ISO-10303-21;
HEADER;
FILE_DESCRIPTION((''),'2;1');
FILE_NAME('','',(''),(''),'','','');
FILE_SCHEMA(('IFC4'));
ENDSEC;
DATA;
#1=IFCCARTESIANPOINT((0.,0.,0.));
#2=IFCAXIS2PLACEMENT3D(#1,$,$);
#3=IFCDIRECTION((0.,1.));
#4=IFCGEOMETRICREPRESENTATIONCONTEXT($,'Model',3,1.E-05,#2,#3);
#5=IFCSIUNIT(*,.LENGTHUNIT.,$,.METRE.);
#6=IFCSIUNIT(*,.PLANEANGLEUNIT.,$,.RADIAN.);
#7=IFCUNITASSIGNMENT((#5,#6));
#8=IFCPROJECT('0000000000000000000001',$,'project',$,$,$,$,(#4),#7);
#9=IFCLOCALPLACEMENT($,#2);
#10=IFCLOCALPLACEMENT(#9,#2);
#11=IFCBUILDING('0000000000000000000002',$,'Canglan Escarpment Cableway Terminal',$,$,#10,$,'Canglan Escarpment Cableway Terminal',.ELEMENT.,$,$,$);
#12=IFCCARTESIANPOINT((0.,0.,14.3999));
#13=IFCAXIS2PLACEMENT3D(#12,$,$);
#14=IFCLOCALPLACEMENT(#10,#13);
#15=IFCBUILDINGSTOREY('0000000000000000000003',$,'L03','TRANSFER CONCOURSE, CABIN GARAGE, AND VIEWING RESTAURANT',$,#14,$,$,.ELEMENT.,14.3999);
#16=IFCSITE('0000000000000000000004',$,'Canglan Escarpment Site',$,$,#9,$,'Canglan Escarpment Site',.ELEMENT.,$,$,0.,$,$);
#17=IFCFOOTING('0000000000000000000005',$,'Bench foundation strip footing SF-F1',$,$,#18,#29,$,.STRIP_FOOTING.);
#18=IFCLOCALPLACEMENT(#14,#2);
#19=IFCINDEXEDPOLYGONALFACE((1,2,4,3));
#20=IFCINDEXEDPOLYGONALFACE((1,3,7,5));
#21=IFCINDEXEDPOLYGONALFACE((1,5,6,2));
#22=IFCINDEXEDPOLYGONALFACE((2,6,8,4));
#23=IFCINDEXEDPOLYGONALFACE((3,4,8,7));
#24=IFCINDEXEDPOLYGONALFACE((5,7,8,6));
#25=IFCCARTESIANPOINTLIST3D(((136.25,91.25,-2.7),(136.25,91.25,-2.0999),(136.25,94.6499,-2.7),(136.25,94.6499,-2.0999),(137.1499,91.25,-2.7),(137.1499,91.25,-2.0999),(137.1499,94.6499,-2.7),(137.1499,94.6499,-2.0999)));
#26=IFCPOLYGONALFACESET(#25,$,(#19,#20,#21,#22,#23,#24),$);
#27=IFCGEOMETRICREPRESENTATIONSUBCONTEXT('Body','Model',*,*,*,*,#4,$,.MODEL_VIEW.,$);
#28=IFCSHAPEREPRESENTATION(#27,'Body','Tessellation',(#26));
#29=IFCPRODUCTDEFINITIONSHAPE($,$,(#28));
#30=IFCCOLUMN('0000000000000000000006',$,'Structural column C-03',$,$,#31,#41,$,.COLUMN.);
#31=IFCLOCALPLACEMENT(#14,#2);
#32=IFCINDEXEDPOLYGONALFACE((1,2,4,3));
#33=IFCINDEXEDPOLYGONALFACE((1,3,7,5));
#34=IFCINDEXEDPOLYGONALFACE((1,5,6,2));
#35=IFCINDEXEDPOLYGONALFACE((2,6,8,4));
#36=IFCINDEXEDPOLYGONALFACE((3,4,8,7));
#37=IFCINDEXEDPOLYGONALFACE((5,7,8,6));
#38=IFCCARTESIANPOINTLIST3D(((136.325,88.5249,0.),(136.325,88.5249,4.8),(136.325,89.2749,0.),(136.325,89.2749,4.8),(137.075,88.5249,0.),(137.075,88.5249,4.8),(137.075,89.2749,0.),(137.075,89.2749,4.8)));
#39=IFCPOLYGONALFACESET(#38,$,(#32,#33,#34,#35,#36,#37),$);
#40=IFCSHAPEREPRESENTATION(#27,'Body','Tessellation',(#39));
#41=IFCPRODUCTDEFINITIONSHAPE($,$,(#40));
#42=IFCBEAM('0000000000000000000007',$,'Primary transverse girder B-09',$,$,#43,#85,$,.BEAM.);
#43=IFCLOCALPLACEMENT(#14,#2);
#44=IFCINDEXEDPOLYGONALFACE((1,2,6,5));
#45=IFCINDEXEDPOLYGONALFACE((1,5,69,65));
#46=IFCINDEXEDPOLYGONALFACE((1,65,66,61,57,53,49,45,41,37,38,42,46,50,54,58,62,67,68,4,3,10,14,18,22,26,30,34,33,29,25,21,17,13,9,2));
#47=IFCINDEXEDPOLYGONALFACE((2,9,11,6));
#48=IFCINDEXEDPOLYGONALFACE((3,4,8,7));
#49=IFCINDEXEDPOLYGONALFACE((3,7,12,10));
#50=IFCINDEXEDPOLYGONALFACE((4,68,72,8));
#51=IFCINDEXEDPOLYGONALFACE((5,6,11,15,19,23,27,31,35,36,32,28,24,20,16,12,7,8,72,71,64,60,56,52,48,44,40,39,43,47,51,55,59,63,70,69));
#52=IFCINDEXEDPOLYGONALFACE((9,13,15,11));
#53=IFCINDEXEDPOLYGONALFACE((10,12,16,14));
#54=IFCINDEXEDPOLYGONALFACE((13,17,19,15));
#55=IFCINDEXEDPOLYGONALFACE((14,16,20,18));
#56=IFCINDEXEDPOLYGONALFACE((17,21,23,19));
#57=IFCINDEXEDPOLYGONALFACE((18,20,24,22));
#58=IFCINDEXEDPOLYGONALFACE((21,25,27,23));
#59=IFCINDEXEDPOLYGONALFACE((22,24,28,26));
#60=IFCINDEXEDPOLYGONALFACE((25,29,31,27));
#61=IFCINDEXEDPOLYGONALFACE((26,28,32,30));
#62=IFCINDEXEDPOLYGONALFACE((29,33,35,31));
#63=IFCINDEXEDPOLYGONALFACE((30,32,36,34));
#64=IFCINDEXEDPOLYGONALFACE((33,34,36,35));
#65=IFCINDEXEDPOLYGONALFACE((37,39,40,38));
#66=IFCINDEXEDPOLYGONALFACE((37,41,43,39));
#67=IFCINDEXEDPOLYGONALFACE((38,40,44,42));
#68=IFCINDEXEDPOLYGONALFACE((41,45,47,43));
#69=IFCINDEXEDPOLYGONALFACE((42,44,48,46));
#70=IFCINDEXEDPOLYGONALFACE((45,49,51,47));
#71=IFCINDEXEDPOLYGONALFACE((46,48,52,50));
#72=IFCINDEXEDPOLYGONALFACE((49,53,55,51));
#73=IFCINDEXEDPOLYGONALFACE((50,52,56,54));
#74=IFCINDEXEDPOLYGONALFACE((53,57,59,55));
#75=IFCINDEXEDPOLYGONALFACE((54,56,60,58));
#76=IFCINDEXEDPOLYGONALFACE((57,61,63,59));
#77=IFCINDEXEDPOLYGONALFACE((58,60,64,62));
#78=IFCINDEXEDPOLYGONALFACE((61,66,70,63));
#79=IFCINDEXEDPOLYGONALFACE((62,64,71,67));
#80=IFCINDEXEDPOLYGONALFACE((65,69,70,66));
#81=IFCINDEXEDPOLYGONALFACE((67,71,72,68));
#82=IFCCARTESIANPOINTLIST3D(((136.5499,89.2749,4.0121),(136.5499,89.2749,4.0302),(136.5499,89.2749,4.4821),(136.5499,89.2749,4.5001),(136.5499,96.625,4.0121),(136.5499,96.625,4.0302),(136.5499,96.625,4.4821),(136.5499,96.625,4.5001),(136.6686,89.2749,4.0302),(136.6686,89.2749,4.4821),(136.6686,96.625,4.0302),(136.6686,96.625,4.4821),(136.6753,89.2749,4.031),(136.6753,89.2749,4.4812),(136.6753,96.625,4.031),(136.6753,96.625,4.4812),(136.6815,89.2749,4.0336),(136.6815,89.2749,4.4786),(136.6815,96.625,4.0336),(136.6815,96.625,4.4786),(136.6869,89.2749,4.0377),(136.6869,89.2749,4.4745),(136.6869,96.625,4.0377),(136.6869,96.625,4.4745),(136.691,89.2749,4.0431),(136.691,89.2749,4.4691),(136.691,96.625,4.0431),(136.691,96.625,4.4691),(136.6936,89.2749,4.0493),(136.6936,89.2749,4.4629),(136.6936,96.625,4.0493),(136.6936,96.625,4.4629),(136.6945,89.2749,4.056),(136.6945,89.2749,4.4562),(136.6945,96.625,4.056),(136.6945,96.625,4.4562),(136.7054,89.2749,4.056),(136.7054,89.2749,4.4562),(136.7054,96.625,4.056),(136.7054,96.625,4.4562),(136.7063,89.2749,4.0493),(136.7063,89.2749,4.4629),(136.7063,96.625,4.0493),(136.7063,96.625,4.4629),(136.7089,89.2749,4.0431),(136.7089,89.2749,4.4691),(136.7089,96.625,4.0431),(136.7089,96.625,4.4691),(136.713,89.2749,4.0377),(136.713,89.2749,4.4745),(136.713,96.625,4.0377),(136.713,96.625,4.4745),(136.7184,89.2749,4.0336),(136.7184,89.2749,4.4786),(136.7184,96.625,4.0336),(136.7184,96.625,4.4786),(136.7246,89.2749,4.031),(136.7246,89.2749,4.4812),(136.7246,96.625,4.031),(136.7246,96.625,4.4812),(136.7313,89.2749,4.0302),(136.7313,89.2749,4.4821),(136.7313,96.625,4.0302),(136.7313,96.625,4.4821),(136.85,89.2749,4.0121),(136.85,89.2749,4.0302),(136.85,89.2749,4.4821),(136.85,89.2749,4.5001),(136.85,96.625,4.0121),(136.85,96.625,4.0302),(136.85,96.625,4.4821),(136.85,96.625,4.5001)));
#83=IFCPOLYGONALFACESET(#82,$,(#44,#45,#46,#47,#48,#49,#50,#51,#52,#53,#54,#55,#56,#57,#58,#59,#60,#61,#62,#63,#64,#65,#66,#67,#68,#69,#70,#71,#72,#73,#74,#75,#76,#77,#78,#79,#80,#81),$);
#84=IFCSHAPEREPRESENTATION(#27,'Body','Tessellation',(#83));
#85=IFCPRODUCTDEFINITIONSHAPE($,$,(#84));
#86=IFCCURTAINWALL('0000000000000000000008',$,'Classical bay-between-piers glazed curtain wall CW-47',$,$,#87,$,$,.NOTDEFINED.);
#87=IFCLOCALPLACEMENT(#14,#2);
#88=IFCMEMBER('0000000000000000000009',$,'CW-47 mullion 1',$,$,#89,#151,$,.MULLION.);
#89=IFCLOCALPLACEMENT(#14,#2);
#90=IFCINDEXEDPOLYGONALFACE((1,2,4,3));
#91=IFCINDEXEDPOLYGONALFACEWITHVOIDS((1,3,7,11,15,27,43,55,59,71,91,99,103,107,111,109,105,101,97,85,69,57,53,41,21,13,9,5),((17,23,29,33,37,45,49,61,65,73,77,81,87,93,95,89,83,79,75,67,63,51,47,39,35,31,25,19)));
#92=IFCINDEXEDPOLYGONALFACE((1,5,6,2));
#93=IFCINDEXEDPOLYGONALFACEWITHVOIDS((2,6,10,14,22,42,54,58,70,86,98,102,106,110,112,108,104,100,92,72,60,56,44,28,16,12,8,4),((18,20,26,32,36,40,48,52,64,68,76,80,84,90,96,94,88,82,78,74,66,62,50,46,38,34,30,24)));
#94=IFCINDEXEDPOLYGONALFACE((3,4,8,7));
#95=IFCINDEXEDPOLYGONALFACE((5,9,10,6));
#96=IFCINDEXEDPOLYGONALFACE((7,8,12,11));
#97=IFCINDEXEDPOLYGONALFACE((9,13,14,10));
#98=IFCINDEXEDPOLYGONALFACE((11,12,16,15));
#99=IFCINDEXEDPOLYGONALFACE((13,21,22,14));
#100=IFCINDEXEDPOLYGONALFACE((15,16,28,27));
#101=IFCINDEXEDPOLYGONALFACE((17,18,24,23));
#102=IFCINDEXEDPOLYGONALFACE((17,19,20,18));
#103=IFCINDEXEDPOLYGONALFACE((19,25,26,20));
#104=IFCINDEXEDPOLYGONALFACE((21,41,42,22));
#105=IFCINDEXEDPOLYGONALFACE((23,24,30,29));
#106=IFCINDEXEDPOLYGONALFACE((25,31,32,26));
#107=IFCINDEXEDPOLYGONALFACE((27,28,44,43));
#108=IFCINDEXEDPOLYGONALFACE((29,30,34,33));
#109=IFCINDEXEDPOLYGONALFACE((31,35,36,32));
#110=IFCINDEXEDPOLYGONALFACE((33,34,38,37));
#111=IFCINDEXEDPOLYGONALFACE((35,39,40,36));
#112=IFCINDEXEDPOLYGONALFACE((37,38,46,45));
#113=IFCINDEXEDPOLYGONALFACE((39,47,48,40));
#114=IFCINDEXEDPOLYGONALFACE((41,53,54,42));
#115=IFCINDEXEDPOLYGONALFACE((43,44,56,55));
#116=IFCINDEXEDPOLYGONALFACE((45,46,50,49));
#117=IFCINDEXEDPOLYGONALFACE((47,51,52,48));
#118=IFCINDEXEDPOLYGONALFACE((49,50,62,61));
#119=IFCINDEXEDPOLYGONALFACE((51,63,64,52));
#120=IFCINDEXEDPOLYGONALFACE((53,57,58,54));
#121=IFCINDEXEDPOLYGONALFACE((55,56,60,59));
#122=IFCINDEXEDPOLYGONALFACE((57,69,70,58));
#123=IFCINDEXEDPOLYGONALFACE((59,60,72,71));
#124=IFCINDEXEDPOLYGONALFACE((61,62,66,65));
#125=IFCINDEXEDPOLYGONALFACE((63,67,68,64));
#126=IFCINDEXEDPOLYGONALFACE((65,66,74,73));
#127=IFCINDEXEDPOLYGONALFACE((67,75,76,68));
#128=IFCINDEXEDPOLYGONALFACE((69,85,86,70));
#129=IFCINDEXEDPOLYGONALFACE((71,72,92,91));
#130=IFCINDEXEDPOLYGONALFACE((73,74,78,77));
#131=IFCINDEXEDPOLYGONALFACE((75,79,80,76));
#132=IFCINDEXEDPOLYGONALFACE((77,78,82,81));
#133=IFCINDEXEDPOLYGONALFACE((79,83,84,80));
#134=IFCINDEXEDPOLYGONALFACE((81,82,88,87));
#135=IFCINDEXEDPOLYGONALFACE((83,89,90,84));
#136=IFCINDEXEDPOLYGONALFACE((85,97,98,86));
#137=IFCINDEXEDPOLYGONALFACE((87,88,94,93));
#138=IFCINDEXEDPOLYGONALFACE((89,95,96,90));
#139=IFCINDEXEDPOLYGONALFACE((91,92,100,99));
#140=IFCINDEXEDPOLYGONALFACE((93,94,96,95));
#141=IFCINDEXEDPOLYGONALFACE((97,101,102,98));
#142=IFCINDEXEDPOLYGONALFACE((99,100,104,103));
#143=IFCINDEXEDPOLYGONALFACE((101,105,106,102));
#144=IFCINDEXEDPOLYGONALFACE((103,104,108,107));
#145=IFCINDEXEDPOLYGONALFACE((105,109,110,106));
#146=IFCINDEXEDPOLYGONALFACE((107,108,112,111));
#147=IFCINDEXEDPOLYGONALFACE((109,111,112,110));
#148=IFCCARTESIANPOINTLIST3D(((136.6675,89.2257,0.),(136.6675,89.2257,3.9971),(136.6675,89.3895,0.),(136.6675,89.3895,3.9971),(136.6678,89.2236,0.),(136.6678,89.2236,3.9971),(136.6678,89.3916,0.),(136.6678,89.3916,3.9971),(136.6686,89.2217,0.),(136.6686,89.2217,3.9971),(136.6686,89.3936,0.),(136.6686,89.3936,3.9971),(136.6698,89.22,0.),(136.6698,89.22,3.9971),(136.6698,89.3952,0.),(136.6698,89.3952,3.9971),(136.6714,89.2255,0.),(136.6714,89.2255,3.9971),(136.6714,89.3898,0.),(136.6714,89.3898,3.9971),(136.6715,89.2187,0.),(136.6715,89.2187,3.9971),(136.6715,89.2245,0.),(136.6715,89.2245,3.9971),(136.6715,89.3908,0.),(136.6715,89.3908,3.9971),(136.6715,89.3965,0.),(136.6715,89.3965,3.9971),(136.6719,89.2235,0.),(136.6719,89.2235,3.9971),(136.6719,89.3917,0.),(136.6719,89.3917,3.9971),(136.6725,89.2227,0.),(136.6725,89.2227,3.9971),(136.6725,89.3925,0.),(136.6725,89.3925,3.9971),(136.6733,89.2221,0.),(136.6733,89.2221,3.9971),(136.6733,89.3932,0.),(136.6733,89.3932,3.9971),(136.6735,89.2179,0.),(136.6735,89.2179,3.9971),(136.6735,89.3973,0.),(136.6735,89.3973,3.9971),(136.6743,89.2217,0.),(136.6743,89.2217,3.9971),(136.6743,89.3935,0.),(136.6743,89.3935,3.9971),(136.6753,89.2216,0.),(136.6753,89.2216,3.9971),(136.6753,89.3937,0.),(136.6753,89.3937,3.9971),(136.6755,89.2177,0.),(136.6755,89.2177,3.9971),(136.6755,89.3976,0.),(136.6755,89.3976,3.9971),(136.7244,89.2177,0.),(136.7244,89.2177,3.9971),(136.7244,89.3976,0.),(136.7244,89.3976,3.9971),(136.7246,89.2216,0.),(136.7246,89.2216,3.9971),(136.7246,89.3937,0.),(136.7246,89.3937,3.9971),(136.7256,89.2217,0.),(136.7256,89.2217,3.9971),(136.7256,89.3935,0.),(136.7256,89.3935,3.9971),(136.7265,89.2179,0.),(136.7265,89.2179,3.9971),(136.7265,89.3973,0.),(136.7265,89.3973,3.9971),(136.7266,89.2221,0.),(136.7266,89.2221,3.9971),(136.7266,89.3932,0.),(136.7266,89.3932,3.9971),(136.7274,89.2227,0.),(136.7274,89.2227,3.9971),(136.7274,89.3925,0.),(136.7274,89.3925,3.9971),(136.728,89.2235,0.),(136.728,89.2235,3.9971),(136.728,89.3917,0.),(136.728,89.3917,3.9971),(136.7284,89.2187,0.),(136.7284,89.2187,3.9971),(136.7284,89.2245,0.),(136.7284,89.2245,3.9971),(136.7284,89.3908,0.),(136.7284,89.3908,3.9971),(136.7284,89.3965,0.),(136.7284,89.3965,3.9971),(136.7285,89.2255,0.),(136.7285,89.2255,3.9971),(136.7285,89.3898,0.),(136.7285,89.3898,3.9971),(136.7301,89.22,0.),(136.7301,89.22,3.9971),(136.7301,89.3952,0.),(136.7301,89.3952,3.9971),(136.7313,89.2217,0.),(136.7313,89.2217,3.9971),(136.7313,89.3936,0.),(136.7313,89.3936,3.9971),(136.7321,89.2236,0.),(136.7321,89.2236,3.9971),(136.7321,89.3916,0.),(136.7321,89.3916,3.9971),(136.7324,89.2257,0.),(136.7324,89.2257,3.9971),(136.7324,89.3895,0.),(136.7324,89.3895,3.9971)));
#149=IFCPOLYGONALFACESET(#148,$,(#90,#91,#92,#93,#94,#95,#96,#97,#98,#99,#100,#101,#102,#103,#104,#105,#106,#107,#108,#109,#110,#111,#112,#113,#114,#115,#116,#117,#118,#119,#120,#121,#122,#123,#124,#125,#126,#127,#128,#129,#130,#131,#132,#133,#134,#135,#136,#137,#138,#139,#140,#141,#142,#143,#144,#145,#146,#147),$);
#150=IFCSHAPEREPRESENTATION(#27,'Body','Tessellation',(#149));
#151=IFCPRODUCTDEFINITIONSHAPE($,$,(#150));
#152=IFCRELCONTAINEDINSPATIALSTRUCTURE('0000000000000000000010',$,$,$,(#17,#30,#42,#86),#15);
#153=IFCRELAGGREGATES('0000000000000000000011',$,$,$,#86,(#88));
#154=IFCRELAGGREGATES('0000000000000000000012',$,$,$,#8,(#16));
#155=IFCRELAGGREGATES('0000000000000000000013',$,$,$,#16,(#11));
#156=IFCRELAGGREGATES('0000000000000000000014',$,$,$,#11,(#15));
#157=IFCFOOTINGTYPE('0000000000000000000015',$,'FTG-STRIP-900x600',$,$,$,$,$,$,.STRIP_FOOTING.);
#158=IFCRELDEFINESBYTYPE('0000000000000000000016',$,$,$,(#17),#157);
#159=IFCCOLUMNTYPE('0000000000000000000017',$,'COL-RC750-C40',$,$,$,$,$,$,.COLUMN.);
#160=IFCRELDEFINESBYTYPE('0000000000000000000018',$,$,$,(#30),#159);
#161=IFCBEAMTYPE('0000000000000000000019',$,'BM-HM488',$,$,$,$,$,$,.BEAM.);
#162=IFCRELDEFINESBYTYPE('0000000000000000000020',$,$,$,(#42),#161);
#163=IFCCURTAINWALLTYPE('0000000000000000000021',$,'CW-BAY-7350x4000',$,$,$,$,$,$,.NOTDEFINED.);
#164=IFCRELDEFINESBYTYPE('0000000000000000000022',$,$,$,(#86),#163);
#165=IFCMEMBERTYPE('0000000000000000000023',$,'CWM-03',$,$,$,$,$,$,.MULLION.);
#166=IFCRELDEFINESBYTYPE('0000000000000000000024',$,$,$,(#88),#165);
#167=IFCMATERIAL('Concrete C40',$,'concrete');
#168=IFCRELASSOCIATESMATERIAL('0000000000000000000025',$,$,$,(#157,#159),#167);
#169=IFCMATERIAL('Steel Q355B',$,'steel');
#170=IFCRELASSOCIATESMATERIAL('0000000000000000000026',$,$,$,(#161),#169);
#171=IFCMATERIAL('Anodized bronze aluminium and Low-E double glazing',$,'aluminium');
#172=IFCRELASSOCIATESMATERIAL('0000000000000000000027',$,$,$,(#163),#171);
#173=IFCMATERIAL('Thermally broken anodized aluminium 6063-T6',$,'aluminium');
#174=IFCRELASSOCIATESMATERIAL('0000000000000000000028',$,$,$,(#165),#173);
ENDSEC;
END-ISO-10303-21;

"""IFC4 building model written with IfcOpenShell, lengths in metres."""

from ifc_helpers import new_model, si_unit, direction, frame, origin, origin_2d, place, context, subcontext, project, spatial, rectangle, hollow_rectangle, i_section, extrude, material, material_profile, profile_set, type_object, element, aggregate, save


model = new_model("IFC4")

# Units and contexts
model_context = context("Model", 3, precision=1e-05, world=origin(), true_north=direction((0.0, 1.0)))
body_context = subcontext(model_context, "Body", "Model", "MODEL_VIEW")
ifc_project = project(units=[si_unit("LENGTHUNIT", "METRE"), si_unit("PLANEANGLEUNIT", "RADIAN")], contexts=[model_context])

# Site, building, storey
site_placement = place(None, origin())
site = spatial("IfcSite", under=ifc_project, at=site_placement, Name="Canglan Escarpment Site", LongName="Canglan Escarpment Site", CompositionType="ELEMENT", RefElevation=0.0)
building_placement = place(site_placement, origin())
building = spatial("IfcBuilding", under=site, at=building_placement, Name="Canglan Escarpment Cableway Terminal", LongName="Canglan Escarpment Cableway Terminal", CompositionType="ELEMENT")
storey_placement = place(building_placement, frame((0.0, 0.0, 14.3999)))
storey = spatial("IfcBuildingStorey", under=building, at=storey_placement, Name="L03", Description="TRANSFER CONCOURSE, CABIN GARAGE, AND VIEWING RESTAURANT", CompositionType="ELEMENT", Elevation=14.3999)

# Footing
ifc_material_1 = material(Name="Concrete C40", Category="concrete")
ifc_material_profile_1 = material_profile(ifc_material_1, rectangle(XDim=0.8999, YDim=0.6001, at=origin_2d()), Name="SF 900x600")
ifc_profile_set_1 = profile_set([ifc_material_profile_1], Name="Concrete C40")
footing_type = type_object("IfcFootingType", Name="FTG-STRIP-900x600", PredefinedType="STRIP_FOOTING", material=ifc_profile_set_1)
footing_placement = place(storey_placement, frame((136.7, 91.25, -2.3999), z_axis=(0.0, 1.0, 0.0), x_axis=(-1.0, 0.0, 0.0)))
element("IfcFooting", 1, at=footing_placement, inside=storey, type_object=footing_type, Name="Bench foundation strip footing SF-F1", PredefinedType="STRIP_FOOTING", context=body_context, shape_type="SweptSolid", body=[
    extrude(rectangle(XDim=0.8999, YDim=0.6001, at=origin_2d()), origin(), (0.0, 0.0, 1.0), 3.3999),
])

# Column
ifc_material_profile_2 = material_profile(ifc_material_1, rectangle(XDim=0.75, YDim=0.75, at=origin_2d()), Name="RC 750x750")
ifc_profile_set_2 = profile_set([ifc_material_profile_2], Name="Concrete C40")
column_type = type_object("IfcColumnType", Name="COL-RC750-C40", PredefinedType="COLUMN", material=ifc_profile_set_2)
column_placement = place(storey_placement, frame((136.7, 88.8999, 0.0), z_axis=(0.0, 0.0, 1.0), x_axis=(1.0, 0.0, 0.0)))
element("IfcColumn", 2, at=column_placement, inside=storey, type_object=column_type, Name="Structural column C-03", PredefinedType="COLUMN", context=body_context, shape_type="SweptSolid", body=[
    extrude(rectangle(XDim=0.75, YDim=0.75, at=origin_2d()), origin(), (0.0, 0.0, 1.0), 4.8),
])

# Beam
ifc_material_2 = material(Name="Steel Q355B", Category="steel")
ifc_material_profile_3 = material_profile(ifc_material_2, i_section(OverallWidth=0.3, OverallDepth=0.488, WebThickness=0.011, FlangeThickness=0.0181, FilletRadius=0.0259, at=origin_2d()), Name="HM 488x300x11x18")
ifc_profile_set_3 = profile_set([ifc_material_profile_3], Name="Steel Q355B")
beam_type = type_object("IfcBeamType", Name="BM-HM488", PredefinedType="BEAM", material=ifc_profile_set_3)
beam_placement = place(storey_placement, frame((136.7, 89.2749, 4.2561), z_axis=(0.0, 1.0, 0.0), x_axis=(-1.0, 0.0, 0.0)))
element("IfcBeam", 3, at=beam_placement, inside=storey, type_object=beam_type, Name="Primary transverse girder B-09", PredefinedType="BEAM", context=body_context, shape_type="SweptSolid", body=[
    extrude(i_section(OverallWidth=0.3, OverallDepth=0.488, WebThickness=0.011, FlangeThickness=0.0181, FilletRadius=0.0259, at=origin_2d()), origin(), (0.0, 0.0, 1.0), 7.3501),
])

# Curtain wall, member
ifc_material_3 = material(Name="Anodized bronze aluminium and Low-E double glazing", Category="aluminium")
curtain_wall_type = type_object("IfcCurtainWallType", Name="CW-BAY-7350x4000", PredefinedType="NOTDEFINED", material=ifc_material_3)
curtain_wall_placement = place(storey_placement, origin())
curtain_wall = element("IfcCurtainWall", 4, at=curtain_wall_placement, inside=storey, type_object=curtain_wall_type, Name="Classical bay-between-piers glazed curtain wall CW-47", PredefinedType="NOTDEFINED")
ifc_material_4 = material(Name="Thermally broken anodized aluminium 6063-T6", Category="aluminium")
ifc_material_profile_4 = material_profile(ifc_material_4, hollow_rectangle(XDim=0.0649, YDim=0.1799, WallThickness=0.0039, InnerFilletRadius=0.0039, OuterFilletRadius=0.0081, at=origin_2d()), Name="ALU-MULL 65x180x4")
ifc_profile_set_4 = profile_set([ifc_material_profile_4], Name="Thermally broken anodized aluminium 6063-T6")
member_type_1 = type_object("IfcMemberType", Name="CWM-03", PredefinedType="MULLION", material=ifc_profile_set_4)
member_1_placement = place(storey_placement, frame((136.7, 89.3076, 0.0), z_axis=(0.0, 0.0, 1.0), x_axis=(-1.0, 0.0, 0.0)))
member_1 = element("IfcMember", 5, at=member_1_placement, type_object=member_type_1, Name="CW-47 mullion 1", PredefinedType="MULLION", context=body_context, shape_type="SweptSolid", body=[
    extrude(hollow_rectangle(XDim=0.0649, YDim=0.1799, WallThickness=0.0039, InnerFilletRadius=0.0039, OuterFilletRadius=0.0081, at=origin_2d()), origin(), (0.0, 0.0, 1.0), 3.9971),
])
aggregate(curtain_wall, [member_1])

save(model, "model.ifc")
